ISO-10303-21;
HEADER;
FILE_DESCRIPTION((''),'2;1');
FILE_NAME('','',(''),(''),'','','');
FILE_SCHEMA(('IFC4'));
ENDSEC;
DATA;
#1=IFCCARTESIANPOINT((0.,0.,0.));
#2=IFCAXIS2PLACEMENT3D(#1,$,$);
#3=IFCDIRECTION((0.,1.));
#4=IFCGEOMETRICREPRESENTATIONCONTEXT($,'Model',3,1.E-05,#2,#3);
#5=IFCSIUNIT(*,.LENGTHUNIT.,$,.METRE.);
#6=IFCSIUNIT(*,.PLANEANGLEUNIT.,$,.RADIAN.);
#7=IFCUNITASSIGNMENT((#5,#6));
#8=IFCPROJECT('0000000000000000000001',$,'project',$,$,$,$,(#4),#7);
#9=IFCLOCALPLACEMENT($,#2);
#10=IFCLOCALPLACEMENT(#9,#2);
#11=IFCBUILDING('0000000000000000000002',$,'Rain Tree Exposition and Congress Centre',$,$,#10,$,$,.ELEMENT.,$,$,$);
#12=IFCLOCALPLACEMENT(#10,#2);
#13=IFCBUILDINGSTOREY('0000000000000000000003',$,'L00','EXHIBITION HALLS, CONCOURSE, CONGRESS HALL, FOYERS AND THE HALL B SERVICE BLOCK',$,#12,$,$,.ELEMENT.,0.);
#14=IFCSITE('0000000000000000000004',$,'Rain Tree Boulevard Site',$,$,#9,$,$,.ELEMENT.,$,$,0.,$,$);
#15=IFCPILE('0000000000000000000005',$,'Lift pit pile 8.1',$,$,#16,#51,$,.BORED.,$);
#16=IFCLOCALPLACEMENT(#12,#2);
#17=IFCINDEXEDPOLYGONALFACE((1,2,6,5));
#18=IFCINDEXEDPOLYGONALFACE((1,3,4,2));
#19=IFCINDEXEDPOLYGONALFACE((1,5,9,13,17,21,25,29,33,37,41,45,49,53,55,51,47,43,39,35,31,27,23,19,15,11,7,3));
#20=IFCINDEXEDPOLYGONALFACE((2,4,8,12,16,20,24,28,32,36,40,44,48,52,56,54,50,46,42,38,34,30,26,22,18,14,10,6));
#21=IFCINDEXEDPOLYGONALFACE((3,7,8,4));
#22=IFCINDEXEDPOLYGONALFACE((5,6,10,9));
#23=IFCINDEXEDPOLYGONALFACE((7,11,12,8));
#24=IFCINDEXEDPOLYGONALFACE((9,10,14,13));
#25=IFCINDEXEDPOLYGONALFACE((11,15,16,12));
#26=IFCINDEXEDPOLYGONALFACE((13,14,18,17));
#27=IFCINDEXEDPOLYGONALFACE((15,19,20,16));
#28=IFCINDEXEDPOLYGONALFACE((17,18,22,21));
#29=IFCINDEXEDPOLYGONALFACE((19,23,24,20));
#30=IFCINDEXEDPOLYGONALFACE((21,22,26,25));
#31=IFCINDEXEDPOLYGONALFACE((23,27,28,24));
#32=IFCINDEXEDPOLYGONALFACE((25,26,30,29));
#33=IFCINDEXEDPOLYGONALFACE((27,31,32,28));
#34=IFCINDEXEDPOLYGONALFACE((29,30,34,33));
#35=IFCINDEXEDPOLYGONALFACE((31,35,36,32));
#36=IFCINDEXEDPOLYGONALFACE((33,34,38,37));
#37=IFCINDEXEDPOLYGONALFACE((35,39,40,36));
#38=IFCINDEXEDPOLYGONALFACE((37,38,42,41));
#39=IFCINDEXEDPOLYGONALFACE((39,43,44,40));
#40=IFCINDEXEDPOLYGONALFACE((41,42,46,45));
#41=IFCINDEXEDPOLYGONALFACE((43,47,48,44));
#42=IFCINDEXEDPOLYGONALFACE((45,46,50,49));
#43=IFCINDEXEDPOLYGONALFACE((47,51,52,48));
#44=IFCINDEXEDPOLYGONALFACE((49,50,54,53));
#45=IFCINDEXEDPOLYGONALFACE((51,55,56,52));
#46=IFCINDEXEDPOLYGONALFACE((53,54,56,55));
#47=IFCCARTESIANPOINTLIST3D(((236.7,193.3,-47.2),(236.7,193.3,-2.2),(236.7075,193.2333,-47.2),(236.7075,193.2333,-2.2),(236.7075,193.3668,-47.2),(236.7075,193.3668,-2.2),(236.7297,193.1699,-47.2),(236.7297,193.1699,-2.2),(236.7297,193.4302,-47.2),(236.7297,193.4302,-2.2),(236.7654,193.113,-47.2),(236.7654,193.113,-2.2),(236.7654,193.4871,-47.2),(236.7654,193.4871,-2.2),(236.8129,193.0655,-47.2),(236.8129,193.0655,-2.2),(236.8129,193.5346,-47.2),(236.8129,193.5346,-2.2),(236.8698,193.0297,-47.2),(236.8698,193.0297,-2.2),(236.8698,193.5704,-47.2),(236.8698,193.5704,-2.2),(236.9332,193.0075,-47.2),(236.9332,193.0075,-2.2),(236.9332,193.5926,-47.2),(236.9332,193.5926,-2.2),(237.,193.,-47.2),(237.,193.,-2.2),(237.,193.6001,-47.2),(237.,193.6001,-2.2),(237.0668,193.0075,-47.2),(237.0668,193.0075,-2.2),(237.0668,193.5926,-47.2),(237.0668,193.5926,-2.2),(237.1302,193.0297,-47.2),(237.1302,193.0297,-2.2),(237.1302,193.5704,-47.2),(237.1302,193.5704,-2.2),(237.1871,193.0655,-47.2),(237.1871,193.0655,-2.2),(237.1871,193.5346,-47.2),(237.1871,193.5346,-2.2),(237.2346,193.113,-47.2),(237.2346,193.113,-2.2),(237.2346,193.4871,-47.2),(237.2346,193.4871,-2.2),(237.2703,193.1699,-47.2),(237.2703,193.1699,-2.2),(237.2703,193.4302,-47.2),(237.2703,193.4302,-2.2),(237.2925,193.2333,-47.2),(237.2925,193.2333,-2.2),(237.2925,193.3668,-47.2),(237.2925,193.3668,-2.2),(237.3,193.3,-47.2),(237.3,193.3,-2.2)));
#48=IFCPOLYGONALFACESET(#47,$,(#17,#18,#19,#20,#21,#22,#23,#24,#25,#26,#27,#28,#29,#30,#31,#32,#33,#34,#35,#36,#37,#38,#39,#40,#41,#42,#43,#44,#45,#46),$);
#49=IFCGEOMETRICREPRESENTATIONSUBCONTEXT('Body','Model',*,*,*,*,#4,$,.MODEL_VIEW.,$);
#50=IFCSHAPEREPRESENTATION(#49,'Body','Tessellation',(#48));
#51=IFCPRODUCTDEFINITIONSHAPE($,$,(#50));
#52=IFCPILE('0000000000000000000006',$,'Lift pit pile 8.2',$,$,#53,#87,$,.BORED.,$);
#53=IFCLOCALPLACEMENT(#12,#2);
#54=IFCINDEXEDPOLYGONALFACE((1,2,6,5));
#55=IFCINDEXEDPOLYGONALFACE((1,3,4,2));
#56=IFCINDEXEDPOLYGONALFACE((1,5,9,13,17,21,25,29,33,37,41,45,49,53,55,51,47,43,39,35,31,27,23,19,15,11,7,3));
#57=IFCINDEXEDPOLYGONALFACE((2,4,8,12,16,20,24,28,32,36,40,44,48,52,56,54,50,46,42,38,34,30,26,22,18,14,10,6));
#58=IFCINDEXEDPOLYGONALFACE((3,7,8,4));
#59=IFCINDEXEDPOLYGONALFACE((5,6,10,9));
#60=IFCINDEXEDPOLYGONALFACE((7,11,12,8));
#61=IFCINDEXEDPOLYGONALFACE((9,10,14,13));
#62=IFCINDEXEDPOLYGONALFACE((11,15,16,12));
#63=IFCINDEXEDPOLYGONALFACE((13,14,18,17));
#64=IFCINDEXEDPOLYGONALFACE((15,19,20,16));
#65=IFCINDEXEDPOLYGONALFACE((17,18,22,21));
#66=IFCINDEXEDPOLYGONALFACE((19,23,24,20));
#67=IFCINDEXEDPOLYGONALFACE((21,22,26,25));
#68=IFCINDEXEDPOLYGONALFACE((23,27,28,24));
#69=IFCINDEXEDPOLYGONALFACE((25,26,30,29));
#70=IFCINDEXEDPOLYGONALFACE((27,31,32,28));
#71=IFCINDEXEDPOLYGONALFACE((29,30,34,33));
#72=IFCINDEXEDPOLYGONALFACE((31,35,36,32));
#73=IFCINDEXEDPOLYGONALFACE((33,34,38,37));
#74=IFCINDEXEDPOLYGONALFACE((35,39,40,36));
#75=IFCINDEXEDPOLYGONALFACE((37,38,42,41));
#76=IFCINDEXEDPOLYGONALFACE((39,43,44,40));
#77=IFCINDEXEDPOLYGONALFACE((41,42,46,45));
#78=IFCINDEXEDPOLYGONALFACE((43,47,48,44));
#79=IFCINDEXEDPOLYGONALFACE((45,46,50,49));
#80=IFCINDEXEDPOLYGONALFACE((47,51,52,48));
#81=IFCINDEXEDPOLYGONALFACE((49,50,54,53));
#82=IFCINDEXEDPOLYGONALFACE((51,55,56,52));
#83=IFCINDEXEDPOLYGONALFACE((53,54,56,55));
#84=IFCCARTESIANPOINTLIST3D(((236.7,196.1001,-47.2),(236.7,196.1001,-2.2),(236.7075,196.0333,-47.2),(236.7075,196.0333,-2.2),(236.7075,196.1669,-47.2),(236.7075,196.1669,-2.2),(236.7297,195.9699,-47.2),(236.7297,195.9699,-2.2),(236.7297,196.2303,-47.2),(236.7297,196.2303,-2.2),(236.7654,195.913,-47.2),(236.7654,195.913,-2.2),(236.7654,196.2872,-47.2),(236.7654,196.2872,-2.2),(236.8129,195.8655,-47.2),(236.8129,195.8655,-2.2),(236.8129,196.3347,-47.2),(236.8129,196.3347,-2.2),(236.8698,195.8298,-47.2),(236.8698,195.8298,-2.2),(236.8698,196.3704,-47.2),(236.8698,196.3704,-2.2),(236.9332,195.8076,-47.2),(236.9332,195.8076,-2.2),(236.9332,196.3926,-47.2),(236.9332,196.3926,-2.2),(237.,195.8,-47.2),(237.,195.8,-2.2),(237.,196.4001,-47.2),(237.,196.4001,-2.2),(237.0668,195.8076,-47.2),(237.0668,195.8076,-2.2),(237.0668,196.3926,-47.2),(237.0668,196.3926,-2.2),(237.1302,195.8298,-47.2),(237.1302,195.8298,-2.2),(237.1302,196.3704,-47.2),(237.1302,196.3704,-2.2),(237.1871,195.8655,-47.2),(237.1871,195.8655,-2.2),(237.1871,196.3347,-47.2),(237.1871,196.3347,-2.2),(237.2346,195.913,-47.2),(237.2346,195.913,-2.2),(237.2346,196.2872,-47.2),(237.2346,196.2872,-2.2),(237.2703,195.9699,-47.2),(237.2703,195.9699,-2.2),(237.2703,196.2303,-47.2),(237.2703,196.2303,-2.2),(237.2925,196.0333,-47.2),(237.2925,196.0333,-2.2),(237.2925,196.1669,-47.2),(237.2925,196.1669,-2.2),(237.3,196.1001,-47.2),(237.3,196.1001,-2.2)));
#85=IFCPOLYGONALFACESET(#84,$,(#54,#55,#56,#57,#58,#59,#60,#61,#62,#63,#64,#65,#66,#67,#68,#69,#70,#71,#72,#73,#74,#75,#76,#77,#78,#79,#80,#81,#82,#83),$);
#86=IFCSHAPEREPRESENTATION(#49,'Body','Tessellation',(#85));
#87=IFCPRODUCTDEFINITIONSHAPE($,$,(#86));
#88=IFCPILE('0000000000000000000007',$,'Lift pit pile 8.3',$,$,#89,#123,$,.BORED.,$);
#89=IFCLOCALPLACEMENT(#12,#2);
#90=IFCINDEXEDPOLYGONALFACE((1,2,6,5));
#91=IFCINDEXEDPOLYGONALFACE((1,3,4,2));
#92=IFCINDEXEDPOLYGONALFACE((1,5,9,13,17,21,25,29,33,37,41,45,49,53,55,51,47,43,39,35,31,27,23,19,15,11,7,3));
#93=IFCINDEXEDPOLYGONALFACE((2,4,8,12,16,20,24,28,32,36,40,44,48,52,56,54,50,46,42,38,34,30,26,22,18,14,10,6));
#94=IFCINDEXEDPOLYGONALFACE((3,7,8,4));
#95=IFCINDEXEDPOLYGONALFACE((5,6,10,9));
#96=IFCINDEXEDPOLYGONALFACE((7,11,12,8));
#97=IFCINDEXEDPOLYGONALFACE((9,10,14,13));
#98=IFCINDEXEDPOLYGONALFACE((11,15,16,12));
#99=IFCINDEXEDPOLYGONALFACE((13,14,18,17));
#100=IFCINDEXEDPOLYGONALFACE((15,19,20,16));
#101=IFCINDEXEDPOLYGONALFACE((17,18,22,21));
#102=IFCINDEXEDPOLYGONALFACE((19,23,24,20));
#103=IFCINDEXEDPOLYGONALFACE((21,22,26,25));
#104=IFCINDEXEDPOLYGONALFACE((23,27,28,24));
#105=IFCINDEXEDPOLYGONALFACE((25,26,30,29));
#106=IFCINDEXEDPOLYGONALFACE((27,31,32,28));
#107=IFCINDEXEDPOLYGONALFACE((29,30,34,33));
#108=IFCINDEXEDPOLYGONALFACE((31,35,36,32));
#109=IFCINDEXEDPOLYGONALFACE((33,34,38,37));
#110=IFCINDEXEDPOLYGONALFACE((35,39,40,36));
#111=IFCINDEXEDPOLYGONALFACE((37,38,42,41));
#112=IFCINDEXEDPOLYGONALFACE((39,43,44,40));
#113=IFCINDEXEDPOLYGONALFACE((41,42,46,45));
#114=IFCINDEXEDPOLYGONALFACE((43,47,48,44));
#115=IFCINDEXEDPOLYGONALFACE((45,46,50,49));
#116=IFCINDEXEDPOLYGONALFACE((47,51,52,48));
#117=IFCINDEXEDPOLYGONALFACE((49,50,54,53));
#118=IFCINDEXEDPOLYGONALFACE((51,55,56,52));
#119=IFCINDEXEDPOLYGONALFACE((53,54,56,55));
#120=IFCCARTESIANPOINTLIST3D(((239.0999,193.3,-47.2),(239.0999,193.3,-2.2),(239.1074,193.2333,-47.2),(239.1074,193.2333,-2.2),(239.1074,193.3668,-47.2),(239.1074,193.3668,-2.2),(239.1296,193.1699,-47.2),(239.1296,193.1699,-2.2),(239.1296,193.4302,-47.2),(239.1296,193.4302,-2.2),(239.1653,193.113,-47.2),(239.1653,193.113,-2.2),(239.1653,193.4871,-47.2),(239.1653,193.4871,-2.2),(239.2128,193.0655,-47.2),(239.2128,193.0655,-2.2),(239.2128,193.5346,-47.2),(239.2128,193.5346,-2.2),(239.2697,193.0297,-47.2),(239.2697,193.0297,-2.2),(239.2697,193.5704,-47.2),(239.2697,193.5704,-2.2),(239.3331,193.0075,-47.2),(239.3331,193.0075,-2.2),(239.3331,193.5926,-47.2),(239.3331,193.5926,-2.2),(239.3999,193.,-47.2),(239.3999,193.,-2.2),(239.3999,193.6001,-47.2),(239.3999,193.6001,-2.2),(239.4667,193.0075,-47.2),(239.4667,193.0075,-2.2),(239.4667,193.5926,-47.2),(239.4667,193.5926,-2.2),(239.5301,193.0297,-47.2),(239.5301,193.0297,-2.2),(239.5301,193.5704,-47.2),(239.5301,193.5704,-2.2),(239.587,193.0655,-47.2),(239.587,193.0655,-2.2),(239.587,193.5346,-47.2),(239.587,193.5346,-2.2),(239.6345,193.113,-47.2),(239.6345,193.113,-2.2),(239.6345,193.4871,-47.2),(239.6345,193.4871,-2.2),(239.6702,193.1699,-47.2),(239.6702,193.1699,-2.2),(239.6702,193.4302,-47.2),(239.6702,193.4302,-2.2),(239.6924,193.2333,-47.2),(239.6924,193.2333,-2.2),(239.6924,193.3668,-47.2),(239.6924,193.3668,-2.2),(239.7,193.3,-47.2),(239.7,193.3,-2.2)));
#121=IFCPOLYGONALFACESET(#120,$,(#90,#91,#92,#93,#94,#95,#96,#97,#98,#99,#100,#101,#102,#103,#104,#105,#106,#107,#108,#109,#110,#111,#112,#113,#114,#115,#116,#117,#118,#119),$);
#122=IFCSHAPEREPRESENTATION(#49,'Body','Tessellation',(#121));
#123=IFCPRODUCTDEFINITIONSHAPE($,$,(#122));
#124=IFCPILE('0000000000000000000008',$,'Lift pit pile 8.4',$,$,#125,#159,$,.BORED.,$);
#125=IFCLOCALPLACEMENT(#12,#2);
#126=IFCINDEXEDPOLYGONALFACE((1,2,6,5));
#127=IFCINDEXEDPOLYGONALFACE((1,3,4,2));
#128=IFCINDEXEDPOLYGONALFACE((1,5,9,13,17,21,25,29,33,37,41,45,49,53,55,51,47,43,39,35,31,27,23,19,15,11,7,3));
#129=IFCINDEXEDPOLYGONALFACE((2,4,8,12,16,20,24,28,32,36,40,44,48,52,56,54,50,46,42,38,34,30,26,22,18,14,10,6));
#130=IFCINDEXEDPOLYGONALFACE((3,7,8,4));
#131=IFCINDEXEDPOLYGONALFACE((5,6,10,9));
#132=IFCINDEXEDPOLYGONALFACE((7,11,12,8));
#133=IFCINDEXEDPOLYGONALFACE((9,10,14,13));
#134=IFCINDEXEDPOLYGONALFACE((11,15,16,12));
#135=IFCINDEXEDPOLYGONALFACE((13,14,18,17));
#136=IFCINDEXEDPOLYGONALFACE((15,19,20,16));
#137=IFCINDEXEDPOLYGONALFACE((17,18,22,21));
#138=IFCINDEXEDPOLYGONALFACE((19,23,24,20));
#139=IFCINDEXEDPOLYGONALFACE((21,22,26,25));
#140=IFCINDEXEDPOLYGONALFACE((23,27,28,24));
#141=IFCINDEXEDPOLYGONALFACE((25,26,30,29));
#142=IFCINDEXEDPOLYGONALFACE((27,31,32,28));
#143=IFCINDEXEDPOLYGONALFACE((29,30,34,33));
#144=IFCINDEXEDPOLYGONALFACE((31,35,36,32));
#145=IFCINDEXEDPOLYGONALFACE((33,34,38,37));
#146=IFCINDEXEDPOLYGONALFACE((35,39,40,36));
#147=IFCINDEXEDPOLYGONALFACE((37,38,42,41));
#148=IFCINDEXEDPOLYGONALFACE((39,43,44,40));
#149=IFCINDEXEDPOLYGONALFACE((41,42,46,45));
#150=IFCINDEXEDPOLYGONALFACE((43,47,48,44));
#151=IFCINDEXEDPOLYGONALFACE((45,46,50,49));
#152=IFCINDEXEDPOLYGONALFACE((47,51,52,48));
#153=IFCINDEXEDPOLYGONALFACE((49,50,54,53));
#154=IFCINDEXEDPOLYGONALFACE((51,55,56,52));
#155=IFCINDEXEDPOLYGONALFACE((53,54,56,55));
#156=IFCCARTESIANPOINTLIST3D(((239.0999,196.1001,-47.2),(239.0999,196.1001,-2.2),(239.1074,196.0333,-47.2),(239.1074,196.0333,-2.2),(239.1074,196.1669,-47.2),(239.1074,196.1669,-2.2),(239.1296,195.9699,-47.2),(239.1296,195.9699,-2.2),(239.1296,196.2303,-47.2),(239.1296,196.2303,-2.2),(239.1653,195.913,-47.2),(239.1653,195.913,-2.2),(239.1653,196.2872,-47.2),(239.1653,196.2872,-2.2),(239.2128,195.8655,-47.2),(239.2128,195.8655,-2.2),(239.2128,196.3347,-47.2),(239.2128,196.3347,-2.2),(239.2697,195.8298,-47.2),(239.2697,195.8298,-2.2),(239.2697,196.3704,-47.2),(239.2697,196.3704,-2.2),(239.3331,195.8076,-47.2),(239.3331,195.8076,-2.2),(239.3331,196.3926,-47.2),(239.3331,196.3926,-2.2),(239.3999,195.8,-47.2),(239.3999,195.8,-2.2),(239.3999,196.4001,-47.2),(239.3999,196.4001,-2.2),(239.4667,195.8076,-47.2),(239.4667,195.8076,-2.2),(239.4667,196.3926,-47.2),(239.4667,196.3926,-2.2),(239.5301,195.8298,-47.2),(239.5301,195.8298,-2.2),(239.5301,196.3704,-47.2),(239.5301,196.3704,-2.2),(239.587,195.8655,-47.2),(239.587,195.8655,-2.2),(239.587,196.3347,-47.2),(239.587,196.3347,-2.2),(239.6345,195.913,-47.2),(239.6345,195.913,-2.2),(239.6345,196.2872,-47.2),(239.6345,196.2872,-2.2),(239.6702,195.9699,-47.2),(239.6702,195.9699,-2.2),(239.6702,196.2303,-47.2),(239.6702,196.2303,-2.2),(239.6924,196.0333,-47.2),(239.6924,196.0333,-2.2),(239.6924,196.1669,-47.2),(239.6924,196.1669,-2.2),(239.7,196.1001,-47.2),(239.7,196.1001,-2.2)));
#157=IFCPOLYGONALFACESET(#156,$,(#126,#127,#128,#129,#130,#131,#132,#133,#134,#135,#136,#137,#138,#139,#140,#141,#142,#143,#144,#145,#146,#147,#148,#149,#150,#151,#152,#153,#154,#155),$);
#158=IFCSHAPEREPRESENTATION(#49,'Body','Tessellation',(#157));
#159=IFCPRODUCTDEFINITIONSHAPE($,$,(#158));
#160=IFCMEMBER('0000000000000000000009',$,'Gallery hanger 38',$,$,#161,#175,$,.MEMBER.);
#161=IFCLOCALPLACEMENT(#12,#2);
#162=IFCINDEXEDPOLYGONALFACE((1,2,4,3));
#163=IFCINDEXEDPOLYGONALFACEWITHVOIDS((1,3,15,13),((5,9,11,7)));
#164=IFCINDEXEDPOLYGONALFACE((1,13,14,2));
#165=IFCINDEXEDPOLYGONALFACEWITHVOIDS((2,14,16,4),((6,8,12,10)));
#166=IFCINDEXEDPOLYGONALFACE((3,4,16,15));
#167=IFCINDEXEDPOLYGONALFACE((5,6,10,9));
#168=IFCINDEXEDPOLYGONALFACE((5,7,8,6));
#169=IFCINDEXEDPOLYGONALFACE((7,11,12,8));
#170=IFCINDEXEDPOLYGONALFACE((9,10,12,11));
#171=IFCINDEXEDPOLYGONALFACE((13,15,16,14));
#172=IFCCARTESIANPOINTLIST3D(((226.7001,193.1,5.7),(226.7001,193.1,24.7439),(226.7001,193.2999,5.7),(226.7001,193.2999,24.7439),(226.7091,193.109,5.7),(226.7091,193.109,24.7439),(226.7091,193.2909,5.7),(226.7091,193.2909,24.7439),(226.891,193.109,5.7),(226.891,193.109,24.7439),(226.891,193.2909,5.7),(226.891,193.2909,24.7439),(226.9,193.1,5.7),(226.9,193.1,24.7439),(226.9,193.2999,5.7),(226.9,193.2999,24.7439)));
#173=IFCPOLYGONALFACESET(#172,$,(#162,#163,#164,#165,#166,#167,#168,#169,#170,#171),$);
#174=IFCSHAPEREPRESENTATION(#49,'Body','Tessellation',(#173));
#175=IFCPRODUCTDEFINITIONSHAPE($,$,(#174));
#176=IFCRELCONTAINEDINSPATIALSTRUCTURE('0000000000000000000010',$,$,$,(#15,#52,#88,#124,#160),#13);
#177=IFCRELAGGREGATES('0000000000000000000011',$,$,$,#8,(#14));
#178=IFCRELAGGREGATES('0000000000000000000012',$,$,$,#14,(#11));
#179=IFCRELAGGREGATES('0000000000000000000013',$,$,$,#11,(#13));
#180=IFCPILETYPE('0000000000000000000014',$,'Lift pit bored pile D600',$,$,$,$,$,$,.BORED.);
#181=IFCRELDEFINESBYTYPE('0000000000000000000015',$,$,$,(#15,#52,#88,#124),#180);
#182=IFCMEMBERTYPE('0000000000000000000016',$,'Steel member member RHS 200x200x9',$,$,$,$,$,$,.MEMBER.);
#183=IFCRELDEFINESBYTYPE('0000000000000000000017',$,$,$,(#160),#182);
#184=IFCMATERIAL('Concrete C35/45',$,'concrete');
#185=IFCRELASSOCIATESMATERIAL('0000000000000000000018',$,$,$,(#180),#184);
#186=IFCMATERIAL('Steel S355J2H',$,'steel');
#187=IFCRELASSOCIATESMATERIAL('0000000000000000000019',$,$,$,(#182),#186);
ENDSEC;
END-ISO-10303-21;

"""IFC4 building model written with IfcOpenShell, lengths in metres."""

from ifc_helpers import new_model, si_unit, direction, frame, origin, origin_2d, place, context, subcontext, project, spatial, hollow_rectangle, circle, extrude, material, material_profile, profile_set, type_object, element, save


model = new_model("IFC4")

# Units and contexts
model_context = context("Model", 3, precision=1e-05, world=origin(), true_north=direction((0.0, 1.0)))
body_context = subcontext(model_context, "Body", "Model", "MODEL_VIEW")
ifc_project = project(units=[si_unit("LENGTHUNIT", "METRE"), si_unit("PLANEANGLEUNIT", "RADIAN")], contexts=[model_context])

# Site, building, storey
site_placement = place(None, origin())
site = spatial("IfcSite", under=ifc_project, at=site_placement, Name="Rain Tree Boulevard Site", CompositionType="ELEMENT", RefElevation=0.0)
building_placement = place(site_placement, origin())
building = spatial("IfcBuilding", under=site, at=building_placement, Name="Rain Tree Exposition and Congress Centre", CompositionType="ELEMENT")
storey_placement = place(building_placement, origin())
storey = spatial("IfcBuildingStorey", under=building, at=storey_placement, Name="L00", Description="EXHIBITION HALLS, CONCOURSE, CONGRESS HALL, FOYERS AND THE HALL B SERVICE BLOCK", CompositionType="ELEMENT", Elevation=0.0)

# Piles
ifc_material_1 = material(Name="Concrete C35/45", Category="concrete")
ifc_material_profile_1 = material_profile(ifc_material_1, circle(Radius=0.3, at=origin_2d()), Name="D600")
ifc_profile_set_1 = profile_set([ifc_material_profile_1], Name="Concrete C35/45")
pile_type = type_object("IfcPileType", Name="Lift pit bored pile D600", PredefinedType="BORED", material=ifc_profile_set_1)
for number, where, z_axis, x_axis, name in (
    (1, (237.0, 193.3, -2.2), (0.0, 0.0, -1.0), (1.0, 0.0, 0.0), "Lift pit pile 8.1"),
    (2, (237.0, 196.1001, -2.2), (0.0, 0.0, -1.0), (1.0, 0.0, 0.0), "Lift pit pile 8.2"),
    (3, (239.3999, 193.3, -2.2), (0.0, 0.0, -1.0), (1.0, 0.0, 0.0), "Lift pit pile 8.3"),
    (4, (239.3999, 196.1001, -2.2), (0.0, 0.0, -1.0), (1.0, 0.0, 0.0), "Lift pit pile 8.4"),
):
    element("IfcPile", number, at=place(storey_placement, frame(where, z_axis=z_axis, x_axis=x_axis)), inside=storey, type_object=pile_type, Name=name, PredefinedType="BORED", context=body_context, shape_type="SweptSolid", body=[
        extrude(circle(Radius=0.3, at=origin_2d()), origin(), (0.0, 0.0, 1.0), 45.0),
    ])

# Member
ifc_material_2 = material(Name="Steel S355J2H", Category="steel")
ifc_material_profile_2 = material_profile(ifc_material_2, hollow_rectangle(XDim=0.2, YDim=0.2, WallThickness=0.009, at=origin_2d()), Name="RHS 200x200x9")
ifc_profile_set_2 = profile_set([ifc_material_profile_2], Name="Steel S355J2H")
member_type = type_object("IfcMemberType", Name="Steel member member RHS 200x200x9", PredefinedType="MEMBER", material=ifc_profile_set_2)
member_placement = place(storey_placement, frame((226.8, 193.2, 5.7), z_axis=(0.0, 0.0, 1.0), x_axis=(1.0, 0.0, 0.0)))
element("IfcMember", 5, at=member_placement, inside=storey, type_object=member_type, Name="Gallery hanger 38", PredefinedType="MEMBER", context=body_context, shape_type="SweptSolid", body=[
    extrude(hollow_rectangle(XDim=0.2, YDim=0.2, WallThickness=0.009, at=origin_2d()), origin(), (0.0, 0.0, 1.0), 19.0439),
])

save(model, "model.ifc")
